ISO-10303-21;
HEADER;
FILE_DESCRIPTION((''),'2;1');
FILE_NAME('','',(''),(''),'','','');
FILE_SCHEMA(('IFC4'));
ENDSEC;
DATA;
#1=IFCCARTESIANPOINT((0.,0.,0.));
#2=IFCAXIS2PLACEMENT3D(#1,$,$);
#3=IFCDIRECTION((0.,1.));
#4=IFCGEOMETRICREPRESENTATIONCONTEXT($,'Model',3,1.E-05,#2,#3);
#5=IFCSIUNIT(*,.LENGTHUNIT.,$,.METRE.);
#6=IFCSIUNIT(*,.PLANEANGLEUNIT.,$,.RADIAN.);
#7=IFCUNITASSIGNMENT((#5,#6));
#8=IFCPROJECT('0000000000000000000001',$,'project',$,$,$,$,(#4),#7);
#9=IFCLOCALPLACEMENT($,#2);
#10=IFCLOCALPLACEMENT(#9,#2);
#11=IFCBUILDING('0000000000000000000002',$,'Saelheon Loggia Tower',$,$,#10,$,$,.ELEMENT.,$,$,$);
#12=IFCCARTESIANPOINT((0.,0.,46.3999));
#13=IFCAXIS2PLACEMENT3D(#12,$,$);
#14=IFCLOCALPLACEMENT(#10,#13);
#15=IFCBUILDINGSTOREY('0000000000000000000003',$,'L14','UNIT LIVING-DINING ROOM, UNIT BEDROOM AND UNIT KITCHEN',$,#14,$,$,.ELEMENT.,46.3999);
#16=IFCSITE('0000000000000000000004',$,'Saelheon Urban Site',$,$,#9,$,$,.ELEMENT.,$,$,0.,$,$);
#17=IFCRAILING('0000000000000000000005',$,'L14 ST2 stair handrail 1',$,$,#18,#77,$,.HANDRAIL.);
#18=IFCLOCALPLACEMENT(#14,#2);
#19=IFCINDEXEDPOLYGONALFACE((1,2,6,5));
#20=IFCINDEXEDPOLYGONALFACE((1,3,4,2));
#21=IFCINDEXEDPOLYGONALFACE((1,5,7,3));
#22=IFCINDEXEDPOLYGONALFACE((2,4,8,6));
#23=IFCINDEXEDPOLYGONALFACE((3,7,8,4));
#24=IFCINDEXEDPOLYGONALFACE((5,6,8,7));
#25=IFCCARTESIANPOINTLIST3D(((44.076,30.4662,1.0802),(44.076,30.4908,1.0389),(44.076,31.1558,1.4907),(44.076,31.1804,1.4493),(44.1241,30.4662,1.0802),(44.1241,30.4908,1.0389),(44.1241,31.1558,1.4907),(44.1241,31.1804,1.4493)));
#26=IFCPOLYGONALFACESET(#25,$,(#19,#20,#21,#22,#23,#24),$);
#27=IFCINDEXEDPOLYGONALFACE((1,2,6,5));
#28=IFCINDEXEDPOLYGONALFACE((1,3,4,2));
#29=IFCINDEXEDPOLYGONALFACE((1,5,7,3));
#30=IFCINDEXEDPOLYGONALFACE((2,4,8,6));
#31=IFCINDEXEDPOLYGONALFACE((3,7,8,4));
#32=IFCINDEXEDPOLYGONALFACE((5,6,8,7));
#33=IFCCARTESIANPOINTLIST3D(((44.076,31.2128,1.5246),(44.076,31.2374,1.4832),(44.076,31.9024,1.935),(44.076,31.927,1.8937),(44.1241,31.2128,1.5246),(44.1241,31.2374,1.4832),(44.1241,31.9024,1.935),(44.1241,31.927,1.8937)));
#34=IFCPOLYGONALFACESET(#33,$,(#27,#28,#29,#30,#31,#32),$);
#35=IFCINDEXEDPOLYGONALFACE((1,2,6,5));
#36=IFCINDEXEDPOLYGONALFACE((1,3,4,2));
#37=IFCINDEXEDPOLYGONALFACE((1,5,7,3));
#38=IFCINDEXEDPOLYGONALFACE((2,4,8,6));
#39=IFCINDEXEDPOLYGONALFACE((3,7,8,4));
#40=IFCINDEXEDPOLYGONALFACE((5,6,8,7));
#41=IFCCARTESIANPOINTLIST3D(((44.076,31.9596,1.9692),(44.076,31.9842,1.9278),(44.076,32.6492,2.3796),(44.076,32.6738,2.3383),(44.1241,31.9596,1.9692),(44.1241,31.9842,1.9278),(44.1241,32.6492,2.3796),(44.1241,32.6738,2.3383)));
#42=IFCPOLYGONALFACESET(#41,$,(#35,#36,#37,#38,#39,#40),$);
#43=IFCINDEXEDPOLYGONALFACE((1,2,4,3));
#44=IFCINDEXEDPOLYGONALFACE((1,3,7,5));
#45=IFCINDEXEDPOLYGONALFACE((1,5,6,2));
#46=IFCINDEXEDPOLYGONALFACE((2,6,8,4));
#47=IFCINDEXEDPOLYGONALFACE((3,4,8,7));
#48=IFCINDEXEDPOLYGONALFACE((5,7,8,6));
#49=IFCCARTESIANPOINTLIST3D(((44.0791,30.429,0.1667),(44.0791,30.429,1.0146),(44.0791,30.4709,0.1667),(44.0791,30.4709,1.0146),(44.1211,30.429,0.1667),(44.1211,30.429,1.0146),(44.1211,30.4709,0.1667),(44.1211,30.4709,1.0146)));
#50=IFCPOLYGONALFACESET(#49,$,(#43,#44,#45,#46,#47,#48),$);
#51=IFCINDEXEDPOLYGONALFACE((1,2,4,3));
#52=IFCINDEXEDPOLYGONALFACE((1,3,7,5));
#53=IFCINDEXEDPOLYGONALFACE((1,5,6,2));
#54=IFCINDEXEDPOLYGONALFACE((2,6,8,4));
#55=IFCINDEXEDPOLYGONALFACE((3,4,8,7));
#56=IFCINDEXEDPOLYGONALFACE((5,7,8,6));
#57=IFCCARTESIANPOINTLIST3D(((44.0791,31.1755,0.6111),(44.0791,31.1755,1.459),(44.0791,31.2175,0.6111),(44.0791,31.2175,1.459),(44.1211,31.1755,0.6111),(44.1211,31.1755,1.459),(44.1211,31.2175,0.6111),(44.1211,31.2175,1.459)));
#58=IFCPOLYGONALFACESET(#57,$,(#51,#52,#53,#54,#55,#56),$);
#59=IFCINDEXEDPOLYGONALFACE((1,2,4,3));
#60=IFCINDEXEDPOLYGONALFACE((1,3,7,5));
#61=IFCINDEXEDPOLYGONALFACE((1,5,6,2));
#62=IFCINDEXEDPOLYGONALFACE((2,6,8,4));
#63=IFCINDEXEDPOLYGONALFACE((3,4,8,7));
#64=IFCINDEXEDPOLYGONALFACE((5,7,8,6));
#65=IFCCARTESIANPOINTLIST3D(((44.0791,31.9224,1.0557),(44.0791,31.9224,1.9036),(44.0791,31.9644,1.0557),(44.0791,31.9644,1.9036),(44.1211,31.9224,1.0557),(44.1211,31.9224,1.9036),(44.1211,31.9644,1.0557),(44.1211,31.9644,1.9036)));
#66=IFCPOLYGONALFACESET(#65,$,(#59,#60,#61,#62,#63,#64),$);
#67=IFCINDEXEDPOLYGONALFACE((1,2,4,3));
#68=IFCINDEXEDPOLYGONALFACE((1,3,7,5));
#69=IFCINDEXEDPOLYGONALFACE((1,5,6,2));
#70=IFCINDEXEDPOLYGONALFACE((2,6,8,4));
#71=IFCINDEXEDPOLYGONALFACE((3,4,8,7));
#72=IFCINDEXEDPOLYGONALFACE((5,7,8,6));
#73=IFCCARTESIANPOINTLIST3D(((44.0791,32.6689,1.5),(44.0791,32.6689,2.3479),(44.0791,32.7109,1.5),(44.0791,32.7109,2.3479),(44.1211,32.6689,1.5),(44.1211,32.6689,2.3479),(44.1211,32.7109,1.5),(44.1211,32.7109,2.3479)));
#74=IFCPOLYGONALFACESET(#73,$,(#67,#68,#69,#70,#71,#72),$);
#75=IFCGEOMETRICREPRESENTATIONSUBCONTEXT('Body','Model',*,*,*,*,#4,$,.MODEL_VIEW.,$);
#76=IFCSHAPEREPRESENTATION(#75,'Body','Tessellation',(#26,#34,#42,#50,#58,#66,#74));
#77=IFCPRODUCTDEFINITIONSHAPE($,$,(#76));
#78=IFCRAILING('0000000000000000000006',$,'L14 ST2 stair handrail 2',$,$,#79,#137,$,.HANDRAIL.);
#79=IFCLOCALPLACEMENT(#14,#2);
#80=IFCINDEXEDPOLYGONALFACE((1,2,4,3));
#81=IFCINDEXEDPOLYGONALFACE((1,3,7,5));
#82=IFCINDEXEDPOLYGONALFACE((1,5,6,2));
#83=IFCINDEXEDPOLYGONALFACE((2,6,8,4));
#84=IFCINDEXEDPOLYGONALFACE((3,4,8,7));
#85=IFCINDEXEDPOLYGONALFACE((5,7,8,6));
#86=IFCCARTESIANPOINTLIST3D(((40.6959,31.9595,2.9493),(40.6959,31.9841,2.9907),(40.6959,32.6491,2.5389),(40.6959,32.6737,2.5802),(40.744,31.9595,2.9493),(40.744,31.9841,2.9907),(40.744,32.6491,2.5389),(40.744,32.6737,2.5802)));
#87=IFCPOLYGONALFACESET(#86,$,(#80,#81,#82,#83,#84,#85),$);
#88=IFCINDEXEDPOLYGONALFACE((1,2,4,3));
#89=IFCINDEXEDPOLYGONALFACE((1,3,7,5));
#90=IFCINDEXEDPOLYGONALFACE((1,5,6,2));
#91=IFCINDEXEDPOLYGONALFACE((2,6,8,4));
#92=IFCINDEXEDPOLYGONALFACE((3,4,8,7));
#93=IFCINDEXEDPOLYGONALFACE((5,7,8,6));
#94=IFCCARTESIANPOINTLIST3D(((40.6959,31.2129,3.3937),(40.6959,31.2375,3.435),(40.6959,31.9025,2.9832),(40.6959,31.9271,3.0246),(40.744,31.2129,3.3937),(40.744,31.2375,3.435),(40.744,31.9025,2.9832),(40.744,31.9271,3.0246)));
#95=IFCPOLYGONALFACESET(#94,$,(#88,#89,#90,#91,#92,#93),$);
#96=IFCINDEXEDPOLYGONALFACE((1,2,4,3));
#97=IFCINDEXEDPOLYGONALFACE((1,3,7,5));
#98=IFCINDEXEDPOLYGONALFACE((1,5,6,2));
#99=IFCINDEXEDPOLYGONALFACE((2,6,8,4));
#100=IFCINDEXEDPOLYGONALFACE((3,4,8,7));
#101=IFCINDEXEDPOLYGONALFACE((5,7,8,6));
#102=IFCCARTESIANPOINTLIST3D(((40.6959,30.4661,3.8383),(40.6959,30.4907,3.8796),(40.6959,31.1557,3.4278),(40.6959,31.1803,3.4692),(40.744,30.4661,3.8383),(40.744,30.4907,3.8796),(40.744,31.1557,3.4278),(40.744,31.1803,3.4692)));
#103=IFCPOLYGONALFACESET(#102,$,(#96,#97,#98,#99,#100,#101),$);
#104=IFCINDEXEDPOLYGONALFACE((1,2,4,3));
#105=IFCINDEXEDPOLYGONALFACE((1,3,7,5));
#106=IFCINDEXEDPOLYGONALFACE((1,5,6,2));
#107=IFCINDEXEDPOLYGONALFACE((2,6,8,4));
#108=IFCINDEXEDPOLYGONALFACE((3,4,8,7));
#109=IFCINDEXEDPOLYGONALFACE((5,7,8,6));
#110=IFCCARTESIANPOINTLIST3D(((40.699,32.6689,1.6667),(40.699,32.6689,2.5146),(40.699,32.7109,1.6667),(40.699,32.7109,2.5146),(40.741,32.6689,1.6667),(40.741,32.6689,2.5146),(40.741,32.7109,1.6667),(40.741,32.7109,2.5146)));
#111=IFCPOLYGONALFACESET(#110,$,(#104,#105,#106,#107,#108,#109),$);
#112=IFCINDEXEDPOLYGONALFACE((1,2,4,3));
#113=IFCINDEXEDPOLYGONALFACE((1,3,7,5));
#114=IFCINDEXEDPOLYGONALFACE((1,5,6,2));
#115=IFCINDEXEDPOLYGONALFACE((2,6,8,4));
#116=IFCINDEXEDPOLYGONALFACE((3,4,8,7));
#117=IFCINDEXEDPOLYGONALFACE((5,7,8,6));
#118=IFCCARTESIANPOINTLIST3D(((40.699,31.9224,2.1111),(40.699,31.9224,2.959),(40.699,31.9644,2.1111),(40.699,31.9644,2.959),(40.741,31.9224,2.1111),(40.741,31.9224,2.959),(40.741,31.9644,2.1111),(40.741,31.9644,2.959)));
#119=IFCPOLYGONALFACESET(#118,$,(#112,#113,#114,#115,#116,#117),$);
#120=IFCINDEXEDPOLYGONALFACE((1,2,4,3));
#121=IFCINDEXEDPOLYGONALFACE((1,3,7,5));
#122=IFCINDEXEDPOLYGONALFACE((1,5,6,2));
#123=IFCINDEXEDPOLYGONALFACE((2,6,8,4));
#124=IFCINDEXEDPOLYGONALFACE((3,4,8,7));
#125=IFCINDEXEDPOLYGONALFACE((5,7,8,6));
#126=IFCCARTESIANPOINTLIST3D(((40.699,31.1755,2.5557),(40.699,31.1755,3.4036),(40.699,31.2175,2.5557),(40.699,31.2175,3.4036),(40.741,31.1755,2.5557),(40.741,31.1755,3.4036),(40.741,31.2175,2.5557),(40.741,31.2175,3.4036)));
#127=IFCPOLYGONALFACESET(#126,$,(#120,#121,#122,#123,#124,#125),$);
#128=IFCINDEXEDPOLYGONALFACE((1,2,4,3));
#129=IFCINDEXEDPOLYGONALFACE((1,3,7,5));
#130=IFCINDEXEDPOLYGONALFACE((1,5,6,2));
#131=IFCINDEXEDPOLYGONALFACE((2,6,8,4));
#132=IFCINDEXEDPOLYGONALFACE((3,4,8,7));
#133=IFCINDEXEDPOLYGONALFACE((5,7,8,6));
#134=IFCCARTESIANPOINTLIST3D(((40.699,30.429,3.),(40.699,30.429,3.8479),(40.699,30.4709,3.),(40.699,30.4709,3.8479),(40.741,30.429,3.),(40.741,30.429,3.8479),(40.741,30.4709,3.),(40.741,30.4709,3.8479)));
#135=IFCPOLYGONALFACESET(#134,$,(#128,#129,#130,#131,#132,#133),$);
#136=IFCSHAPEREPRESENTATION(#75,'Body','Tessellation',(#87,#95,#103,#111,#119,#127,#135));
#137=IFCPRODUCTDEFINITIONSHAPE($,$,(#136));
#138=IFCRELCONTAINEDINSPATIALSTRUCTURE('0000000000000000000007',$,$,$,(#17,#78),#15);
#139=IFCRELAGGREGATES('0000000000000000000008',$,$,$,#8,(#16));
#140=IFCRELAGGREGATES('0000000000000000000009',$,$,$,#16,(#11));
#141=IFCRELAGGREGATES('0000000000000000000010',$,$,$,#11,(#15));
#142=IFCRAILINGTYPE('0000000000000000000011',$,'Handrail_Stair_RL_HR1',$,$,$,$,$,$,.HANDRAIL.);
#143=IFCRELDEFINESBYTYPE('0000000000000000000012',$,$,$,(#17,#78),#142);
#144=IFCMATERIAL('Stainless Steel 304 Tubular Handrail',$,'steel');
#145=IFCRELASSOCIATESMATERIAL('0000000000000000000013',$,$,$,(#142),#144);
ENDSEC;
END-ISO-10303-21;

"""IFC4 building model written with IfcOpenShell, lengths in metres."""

from ifc_helpers import new_model, si_unit, direction, frame, origin, origin_2d, place, context, subcontext, project, spatial, rectangle, extrude, material, type_object, element, save


model = new_model("IFC4")

# Units and contexts
model_context = context("Model", 3, precision=1e-05, world=origin(), true_north=direction((0.0, 1.0)))
body_context = subcontext(model_context, "Body", "Model", "MODEL_VIEW")
ifc_project = project(units=[si_unit("LENGTHUNIT", "METRE"), si_unit("PLANEANGLEUNIT", "RADIAN")], contexts=[model_context])

# Site, building, storey
site_placement = place(None, origin())
site = spatial("IfcSite", under=ifc_project, at=site_placement, Name="Saelheon Urban Site", CompositionType="ELEMENT", RefElevation=0.0)
building_placement = place(site_placement, origin())
building = spatial("IfcBuilding", under=site, at=building_placement, Name="Saelheon Loggia Tower", CompositionType="ELEMENT")
storey_placement = place(building_placement, frame((0.0, 0.0, 46.3999)))
storey = spatial("IfcBuildingStorey", under=building, at=storey_placement, Name="L14", Description="UNIT LIVING-DINING ROOM, UNIT BEDROOM AND UNIT KITCHEN", CompositionType="ELEMENT", Elevation=46.3999)

# Railings
ifc_material_1 = material(Name="Stainless Steel 304 Tubular Handrail", Category="steel")
railing_type_1 = type_object("IfcRailingType", Name="Handrail_Stair_RL_HR1", PredefinedType="HANDRAIL", material=ifc_material_1)
railing_1_placement = place(storey_placement, frame((44.1001, 30.45, 0.1667)))
element("IfcRailing", 1, at=railing_1_placement, inside=storey, type_object=railing_type_1, Name="L14 ST2 stair handrail 1", PredefinedType="HANDRAIL", context=body_context, shape_type="SweptSolid", body=[
    extrude(rectangle(XDim=0.0481, YDim=0.0481, at=origin_2d()), frame((0.0, 0.0286, 0.8928), z_axis=(0.0, 0.859306, 0.511462), x_axis=(-1.0, 0.0, 0.0)), (0.0, 0.0, 1.0), 0.8025),
    extrude(rectangle(XDim=0.0481, YDim=0.0481, at=origin_2d()), frame((0.0, 0.7751, 1.3372), z_axis=(0.0, 0.859306, 0.511462), x_axis=(-1.0, 0.0, 0.0)), (0.0, 0.0, 1.0), 0.8025),
    extrude(rectangle(XDim=0.0481, YDim=0.0481, at=origin_2d()), frame((0.0, 1.522, 1.7817), z_axis=(0.0, 0.859306, 0.511462), x_axis=(-1.0, 0.0, 0.0)), (0.0, 0.0, 1.0), 0.8025),
    extrude(rectangle(XDim=0.042, YDim=0.042, at=origin_2d()), origin(), (0.0, 0.0, 1.0), 0.8479),
    extrude(rectangle(XDim=0.042, YDim=0.042, at=origin_2d()), frame((0.0, 0.7466, 0.4443)), (0.0, 0.0, 1.0), 0.8479),
    extrude(rectangle(XDim=0.042, YDim=0.042, at=origin_2d()), frame((0.0, 1.4934, 0.8889)), (0.0, 0.0, 1.0), 0.8479),
    extrude(rectangle(XDim=0.042, YDim=0.042, at=origin_2d()), frame((0.0, 2.24, 1.3333)), (0.0, 0.0, 1.0), 0.8479),
])
railing_2_placement = place(storey_placement, frame((40.72, 32.6899, 1.6667)))
element("IfcRailing", 2, at=railing_2_placement, inside=storey, type_object=railing_type_1, Name="L14 ST2 stair handrail 2", PredefinedType="HANDRAIL", context=body_context, shape_type="SweptSolid", body=[
    extrude(rectangle(XDim=0.0481, YDim=0.0481, at=origin_2d()), frame((0.0, -0.0286, 0.8928), z_axis=(0.0, -0.859306, 0.511462), x_axis=(1.0, 0.0, 0.0)), (0.0, 0.0, 1.0), 0.8025),
    extrude(rectangle(XDim=0.0481, YDim=0.0481, at=origin_2d()), frame((0.0, -0.7751, 1.3372), z_axis=(0.0, -0.859306, 0.511462), x_axis=(1.0, 0.0, 0.0)), (0.0, 0.0, 1.0), 0.8025),
    extrude(rectangle(XDim=0.0481, YDim=0.0481, at=origin_2d()), frame((0.0, -1.522, 1.7817), z_axis=(0.0, -0.859306, 0.511462), x_axis=(1.0, 0.0, 0.0)), (0.0, 0.0, 1.0), 0.8025),
    extrude(rectangle(XDim=0.042, YDim=0.042, at=origin_2d()), origin(), (0.0, 0.0, 1.0), 0.8479),
    extrude(rectangle(XDim=0.042, YDim=0.042, at=origin_2d()), frame((0.0, -0.7466, 0.4443)), (0.0, 0.0, 1.0), 0.8479),
    extrude(rectangle(XDim=0.042, YDim=0.042, at=origin_2d()), frame((0.0, -1.4934, 0.8889)), (0.0, 0.0, 1.0), 0.8479),
    extrude(rectangle(XDim=0.042, YDim=0.042, at=origin_2d()), frame((0.0, -2.24, 1.3333)), (0.0, 0.0, 1.0), 0.8479),
])

save(model, "model.ifc")
